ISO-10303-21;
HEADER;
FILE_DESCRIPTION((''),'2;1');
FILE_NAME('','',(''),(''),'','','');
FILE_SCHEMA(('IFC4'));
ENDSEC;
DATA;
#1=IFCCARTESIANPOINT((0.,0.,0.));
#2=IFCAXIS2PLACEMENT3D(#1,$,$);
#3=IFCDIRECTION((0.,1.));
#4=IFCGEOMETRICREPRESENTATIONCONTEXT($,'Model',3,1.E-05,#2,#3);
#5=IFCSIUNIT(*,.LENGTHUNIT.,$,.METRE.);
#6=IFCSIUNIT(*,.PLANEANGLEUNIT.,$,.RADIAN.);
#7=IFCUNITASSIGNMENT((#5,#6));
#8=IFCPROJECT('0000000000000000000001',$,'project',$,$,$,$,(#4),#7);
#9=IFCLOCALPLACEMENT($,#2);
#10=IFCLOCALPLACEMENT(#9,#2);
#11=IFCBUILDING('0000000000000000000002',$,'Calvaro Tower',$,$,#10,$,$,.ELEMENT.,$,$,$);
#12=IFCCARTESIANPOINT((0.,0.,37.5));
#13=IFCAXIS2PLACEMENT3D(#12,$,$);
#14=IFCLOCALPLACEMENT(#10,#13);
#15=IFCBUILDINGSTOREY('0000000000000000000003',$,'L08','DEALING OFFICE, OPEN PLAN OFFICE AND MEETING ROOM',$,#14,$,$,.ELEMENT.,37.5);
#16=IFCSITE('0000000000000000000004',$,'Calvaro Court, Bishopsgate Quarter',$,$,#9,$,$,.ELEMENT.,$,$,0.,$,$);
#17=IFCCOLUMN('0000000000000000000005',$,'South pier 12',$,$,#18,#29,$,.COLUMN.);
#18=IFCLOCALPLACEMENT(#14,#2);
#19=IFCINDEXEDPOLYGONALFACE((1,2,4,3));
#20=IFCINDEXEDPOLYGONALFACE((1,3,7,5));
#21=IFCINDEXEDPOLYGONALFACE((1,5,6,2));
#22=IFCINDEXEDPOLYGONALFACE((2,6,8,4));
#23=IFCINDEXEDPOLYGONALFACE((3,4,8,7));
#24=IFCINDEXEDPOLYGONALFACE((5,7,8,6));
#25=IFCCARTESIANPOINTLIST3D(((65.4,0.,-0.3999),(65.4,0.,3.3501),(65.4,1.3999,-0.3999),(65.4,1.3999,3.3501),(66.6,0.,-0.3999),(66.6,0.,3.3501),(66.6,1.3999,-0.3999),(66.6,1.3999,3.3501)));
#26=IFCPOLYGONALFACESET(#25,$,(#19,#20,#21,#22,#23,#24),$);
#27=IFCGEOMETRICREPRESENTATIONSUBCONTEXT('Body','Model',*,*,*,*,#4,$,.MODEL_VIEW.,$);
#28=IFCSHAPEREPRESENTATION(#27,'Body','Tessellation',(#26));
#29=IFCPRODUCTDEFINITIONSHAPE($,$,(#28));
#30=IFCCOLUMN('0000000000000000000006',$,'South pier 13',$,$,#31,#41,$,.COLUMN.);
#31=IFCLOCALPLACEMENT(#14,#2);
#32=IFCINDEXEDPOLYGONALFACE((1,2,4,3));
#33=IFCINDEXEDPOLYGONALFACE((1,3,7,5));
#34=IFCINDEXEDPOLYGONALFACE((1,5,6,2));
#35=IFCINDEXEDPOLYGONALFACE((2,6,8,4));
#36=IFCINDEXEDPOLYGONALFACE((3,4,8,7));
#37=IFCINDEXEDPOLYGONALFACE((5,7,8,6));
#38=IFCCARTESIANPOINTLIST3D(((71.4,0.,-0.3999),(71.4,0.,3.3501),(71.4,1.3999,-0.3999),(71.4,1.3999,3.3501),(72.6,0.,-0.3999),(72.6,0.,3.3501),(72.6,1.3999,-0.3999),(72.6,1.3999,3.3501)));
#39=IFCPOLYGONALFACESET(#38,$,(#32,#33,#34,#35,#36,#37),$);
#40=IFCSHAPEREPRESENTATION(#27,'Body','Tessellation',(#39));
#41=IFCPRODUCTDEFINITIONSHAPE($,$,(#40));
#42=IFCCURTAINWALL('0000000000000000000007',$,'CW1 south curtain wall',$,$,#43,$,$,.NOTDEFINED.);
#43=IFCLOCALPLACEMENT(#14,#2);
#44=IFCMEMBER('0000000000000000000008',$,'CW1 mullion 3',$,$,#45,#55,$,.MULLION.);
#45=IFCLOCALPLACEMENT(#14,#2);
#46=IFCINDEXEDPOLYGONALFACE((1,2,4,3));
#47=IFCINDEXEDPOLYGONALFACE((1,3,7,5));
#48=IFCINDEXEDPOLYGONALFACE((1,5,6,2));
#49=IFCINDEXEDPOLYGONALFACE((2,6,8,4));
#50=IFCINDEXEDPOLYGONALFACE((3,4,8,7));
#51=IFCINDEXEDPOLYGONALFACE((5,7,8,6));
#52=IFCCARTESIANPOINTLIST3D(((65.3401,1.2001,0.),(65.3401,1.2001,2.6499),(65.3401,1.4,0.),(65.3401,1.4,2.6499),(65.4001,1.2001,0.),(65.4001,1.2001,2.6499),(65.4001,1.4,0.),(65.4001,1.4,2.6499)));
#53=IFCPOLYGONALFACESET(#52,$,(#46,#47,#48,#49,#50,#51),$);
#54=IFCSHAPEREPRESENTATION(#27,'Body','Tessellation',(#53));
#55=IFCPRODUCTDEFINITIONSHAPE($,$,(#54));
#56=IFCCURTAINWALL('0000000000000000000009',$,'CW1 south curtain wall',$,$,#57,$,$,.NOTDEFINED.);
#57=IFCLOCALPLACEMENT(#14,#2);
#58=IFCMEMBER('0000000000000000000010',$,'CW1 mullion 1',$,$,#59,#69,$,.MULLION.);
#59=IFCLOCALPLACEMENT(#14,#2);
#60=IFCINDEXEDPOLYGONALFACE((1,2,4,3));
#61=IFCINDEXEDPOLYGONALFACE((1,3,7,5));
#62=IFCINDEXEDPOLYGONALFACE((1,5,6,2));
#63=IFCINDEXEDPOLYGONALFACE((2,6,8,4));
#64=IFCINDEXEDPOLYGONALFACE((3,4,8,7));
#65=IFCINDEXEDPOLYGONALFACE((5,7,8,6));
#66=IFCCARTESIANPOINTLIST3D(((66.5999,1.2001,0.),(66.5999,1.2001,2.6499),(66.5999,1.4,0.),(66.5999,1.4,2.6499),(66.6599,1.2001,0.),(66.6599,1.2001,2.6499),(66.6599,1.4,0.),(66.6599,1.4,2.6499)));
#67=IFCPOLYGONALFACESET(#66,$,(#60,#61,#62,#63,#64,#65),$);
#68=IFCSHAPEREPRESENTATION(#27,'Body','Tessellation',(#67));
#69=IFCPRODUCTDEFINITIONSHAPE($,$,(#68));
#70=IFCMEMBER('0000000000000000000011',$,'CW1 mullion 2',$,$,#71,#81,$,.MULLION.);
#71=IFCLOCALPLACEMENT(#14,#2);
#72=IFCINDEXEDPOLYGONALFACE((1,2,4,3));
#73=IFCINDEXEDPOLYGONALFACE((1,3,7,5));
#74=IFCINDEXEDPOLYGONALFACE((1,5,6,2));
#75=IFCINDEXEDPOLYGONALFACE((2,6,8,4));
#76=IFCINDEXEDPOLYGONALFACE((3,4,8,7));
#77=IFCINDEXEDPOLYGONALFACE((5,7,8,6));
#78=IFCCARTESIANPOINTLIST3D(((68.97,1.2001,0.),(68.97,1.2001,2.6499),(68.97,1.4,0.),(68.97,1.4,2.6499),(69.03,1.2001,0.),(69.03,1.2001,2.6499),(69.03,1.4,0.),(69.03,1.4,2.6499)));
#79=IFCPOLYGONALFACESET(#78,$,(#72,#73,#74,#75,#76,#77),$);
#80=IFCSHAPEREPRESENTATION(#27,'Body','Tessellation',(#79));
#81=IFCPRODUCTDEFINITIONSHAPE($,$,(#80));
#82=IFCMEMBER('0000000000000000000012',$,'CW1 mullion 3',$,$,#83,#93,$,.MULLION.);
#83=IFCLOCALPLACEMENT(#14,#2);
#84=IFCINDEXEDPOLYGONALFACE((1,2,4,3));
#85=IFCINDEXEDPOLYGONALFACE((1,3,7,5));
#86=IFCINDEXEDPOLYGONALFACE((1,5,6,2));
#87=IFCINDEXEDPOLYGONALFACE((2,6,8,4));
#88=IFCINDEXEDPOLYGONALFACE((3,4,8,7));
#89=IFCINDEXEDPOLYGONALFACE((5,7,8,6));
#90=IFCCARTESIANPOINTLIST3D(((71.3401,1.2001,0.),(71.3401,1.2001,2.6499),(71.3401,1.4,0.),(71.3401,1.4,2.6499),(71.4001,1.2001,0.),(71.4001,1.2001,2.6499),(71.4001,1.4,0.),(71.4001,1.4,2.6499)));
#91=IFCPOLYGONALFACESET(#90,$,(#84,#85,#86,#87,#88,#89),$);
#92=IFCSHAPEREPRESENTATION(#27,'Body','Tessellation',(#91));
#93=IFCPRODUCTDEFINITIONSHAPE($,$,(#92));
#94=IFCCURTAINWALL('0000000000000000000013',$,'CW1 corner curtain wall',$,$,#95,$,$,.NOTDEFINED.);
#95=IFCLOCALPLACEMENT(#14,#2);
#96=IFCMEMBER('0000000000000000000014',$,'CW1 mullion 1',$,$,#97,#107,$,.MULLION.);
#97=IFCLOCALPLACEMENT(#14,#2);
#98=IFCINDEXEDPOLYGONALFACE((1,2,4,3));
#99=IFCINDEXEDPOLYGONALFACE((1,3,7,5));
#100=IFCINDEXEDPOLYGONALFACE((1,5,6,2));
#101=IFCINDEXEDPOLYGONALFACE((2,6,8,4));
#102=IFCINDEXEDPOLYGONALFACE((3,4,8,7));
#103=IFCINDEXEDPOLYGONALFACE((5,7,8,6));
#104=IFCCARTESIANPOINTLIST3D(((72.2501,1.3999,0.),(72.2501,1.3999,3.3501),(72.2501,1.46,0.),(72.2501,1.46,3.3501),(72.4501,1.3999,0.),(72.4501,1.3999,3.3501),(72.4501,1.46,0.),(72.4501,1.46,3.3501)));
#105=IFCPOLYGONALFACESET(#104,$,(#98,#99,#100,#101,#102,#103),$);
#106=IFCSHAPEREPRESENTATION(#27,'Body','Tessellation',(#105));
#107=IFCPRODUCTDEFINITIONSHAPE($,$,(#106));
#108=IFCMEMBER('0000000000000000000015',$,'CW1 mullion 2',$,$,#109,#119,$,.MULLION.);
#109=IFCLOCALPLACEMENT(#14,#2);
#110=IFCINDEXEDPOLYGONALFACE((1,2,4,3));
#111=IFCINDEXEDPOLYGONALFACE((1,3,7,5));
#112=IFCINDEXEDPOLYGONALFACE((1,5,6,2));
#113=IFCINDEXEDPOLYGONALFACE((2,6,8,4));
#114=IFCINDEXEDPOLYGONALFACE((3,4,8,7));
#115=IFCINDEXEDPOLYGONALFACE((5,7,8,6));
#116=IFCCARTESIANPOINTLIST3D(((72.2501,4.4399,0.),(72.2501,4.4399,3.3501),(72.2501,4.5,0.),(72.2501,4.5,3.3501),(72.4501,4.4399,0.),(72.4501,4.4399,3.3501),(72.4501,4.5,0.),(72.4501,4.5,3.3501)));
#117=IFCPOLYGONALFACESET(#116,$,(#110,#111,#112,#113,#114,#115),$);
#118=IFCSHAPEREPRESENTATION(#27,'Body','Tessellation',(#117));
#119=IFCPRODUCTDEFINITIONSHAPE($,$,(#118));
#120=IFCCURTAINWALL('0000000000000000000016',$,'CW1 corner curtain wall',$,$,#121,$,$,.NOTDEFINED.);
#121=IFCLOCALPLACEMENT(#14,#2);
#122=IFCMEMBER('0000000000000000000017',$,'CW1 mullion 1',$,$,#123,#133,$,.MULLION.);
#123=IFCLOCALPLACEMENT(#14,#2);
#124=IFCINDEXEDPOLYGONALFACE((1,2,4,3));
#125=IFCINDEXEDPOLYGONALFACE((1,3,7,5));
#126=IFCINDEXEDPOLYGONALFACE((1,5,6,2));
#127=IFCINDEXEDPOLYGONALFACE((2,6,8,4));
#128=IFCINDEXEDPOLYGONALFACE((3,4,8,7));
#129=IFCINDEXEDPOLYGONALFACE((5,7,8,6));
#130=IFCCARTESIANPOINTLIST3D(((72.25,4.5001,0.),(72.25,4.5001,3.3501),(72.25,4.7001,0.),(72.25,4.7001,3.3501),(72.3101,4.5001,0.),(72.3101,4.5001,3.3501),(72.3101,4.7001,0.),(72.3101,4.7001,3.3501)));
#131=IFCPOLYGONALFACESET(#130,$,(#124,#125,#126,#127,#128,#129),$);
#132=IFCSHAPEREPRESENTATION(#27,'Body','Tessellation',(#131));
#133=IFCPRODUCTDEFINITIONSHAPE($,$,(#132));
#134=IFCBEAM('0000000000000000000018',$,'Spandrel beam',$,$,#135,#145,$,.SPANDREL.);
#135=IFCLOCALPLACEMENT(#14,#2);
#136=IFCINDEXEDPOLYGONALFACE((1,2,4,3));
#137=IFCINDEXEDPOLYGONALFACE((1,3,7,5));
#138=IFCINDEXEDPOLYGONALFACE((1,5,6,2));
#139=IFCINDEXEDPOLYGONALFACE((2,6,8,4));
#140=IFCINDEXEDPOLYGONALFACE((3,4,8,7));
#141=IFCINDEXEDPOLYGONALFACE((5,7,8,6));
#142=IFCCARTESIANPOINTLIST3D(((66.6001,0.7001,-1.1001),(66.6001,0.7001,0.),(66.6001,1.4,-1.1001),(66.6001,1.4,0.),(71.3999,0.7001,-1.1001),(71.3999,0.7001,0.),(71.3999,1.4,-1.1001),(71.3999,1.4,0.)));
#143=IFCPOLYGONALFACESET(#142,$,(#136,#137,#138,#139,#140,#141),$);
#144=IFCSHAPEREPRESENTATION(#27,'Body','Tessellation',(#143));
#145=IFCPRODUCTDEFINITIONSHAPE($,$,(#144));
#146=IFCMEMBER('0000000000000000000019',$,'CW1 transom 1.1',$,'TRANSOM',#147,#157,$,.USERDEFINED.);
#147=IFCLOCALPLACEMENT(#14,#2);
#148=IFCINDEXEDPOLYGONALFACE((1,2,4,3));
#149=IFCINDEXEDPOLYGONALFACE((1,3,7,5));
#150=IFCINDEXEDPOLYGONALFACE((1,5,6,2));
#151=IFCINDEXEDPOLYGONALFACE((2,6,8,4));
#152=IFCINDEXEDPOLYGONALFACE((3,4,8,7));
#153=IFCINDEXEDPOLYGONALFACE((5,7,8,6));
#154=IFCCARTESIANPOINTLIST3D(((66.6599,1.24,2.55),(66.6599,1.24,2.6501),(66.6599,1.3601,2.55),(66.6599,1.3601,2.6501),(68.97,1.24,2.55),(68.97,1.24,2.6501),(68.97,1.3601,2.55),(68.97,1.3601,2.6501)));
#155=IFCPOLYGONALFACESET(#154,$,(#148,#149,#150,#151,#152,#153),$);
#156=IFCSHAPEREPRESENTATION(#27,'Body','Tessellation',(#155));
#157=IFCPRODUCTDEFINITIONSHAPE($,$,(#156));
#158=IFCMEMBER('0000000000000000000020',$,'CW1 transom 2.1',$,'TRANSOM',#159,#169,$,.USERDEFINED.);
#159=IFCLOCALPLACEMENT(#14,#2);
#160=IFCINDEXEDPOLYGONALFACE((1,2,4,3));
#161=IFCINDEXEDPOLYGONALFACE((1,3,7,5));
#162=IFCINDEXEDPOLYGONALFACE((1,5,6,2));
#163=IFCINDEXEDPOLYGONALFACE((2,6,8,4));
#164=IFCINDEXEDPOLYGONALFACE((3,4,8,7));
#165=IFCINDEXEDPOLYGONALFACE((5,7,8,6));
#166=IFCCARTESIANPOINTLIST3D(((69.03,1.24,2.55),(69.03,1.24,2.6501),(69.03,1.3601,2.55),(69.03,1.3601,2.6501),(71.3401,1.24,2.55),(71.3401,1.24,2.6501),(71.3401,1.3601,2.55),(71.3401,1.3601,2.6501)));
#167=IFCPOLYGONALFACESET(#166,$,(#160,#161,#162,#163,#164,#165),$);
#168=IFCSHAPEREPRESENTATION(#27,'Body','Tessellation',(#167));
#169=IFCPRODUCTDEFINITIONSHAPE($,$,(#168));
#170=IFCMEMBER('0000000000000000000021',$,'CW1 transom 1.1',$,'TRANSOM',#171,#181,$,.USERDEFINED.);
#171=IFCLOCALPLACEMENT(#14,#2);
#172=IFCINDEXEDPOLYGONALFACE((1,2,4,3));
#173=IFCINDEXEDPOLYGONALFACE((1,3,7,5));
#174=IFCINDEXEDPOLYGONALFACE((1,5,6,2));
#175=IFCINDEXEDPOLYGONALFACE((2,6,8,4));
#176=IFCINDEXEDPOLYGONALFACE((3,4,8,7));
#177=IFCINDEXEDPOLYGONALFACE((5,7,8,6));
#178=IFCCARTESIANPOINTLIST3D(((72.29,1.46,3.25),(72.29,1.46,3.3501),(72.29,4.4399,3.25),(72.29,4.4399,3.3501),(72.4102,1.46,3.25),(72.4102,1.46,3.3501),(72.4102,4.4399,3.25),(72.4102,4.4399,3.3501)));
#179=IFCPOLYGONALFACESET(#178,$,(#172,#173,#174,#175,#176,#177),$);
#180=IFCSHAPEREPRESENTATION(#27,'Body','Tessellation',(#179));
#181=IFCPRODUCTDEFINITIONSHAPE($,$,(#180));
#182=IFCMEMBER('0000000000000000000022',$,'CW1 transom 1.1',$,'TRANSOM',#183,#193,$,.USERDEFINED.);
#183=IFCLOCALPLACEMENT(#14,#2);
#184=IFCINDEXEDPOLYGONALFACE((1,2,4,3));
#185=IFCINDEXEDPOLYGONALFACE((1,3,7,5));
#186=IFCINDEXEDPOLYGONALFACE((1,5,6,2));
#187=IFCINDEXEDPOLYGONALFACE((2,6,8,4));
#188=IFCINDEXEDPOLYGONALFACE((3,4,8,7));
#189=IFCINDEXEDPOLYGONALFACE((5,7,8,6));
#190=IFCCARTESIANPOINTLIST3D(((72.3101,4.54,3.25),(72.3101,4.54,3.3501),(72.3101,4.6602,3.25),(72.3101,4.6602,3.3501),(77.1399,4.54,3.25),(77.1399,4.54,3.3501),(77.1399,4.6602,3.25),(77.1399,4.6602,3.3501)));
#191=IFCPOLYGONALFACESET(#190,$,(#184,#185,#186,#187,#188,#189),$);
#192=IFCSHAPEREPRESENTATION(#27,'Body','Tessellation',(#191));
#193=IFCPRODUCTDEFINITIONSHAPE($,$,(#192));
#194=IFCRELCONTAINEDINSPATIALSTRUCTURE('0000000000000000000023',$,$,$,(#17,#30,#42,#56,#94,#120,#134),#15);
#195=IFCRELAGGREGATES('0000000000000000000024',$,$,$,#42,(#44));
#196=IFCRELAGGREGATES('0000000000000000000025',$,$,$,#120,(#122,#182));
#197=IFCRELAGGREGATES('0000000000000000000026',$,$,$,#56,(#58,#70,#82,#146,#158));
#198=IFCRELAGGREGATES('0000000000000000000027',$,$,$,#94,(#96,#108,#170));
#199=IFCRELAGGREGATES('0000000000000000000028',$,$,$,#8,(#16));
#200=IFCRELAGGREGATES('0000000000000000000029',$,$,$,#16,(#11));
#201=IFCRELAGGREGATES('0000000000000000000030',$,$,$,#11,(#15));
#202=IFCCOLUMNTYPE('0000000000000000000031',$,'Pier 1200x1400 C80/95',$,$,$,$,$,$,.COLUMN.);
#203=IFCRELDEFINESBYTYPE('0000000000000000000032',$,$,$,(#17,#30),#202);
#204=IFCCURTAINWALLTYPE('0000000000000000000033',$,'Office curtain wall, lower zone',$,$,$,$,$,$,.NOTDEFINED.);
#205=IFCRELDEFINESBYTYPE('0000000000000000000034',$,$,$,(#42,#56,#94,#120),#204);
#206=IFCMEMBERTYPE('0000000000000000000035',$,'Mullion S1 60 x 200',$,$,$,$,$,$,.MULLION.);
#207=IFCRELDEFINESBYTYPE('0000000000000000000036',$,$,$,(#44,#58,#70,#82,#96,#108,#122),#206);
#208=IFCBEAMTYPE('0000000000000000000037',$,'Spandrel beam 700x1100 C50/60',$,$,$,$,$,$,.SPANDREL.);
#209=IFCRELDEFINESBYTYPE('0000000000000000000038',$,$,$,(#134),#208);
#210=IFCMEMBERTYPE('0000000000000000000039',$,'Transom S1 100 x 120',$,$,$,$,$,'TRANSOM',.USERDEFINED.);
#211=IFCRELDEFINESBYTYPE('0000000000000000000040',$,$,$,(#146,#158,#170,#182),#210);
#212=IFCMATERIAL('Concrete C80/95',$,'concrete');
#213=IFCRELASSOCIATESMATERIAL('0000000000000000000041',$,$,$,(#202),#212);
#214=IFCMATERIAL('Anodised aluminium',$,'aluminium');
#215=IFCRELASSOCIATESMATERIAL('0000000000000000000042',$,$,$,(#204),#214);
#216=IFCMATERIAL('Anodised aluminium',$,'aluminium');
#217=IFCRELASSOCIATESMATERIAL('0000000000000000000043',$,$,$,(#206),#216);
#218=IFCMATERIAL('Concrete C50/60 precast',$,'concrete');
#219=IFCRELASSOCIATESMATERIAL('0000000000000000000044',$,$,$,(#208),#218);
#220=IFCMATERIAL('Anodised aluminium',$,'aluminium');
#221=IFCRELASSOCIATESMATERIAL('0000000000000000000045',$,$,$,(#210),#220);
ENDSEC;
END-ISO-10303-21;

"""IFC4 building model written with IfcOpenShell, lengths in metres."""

from ifc_helpers import new_model, si_unit, direction, frame, origin, origin_2d, place, context, subcontext, project, spatial, rectangle, extrude, material, material_profile, profile_set, type_object, element, aggregate, save


model = new_model("IFC4")

# Units and contexts
model_context = context("Model", 3, precision=1e-05, world=origin(), true_north=direction((0.0, 1.0)))
body_context = subcontext(model_context, "Body", "Model", "MODEL_VIEW")
ifc_project = project(units=[si_unit("LENGTHUNIT", "METRE"), si_unit("PLANEANGLEUNIT", "RADIAN")], contexts=[model_context])

# Site, building, storey
site_placement = place(None, origin())
site = spatial("IfcSite", under=ifc_project, at=site_placement, Name="Calvaro Court, Bishopsgate Quarter", CompositionType="ELEMENT", RefElevation=0.0)
building_placement = place(site_placement, origin())
building = spatial("IfcBuilding", under=site, at=building_placement, Name="Calvaro Tower", CompositionType="ELEMENT")
storey_placement = place(building_placement, frame((0.0, 0.0, 37.5)))
storey = spatial("IfcBuildingStorey", under=building, at=storey_placement, Name="L08", Description="DEALING OFFICE, OPEN PLAN OFFICE AND MEETING ROOM", CompositionType="ELEMENT", Elevation=37.5)

# Columns
ifc_material_1 = material(Name="Concrete C80/95", Category="concrete")
ifc_material_profile_1 = material_profile(ifc_material_1, rectangle(XDim=1.2, YDim=1.3999, at=origin_2d()), Name="RC 1200x1400")
ifc_profile_set_1 = profile_set([ifc_material_profile_1], Name="Concrete C80/95")
column_type = type_object("IfcColumnType", Name="Pier 1200x1400 C80/95", PredefinedType="COLUMN", material=ifc_profile_set_1)
for number, where, z_axis, x_axis, name in (
    (1, (66.0, 0.7, -0.3999), (0.0, 0.0, 1.0), (1.0, 0.0, 0.0), "South pier 12"),
    (2, (72.0, 0.7, -0.3999), (0.0, 0.0, 1.0), (1.0, 0.0, 0.0), "South pier 13"),
):
    element("IfcColumn", number, at=place(storey_placement, frame(where, z_axis=z_axis, x_axis=x_axis)), inside=storey, type_object=column_type, Name=name, PredefinedType="COLUMN", context=body_context, shape_type="SweptSolid", body=[
        extrude(rectangle(XDim=1.2, YDim=1.3999, at=origin_2d()), origin(), (0.0, 0.0, 1.0), 3.75),
    ])

# Curtain wall, member
ifc_material_2 = material(Name="Anodised aluminium", Category="aluminium")
curtain_wall_type = type_object("IfcCurtainWallType", Name="Office curtain wall, lower zone", PredefinedType="NOTDEFINED", material=ifc_material_2)
curtain_wall_1_placement = place(storey_placement, origin())
curtain_wall_1 = element("IfcCurtainWall", 3, at=curtain_wall_1_placement, inside=storey, type_object=curtain_wall_type, Name="CW1 south curtain wall", PredefinedType="NOTDEFINED")
ifc_material_3 = material(Name="Anodised aluminium", Category="aluminium")
ifc_material_profile_2 = material_profile(ifc_material_3, rectangle(XDim=0.2, YDim=0.0601, at=origin_2d()), Name="Mullion S1 60 x 200")
ifc_profile_set_2 = profile_set([ifc_material_profile_2], Name="Anodised aluminium")
member_type_1 = type_object("IfcMemberType", Name="Mullion S1 60 x 200", PredefinedType="MULLION", material=ifc_profile_set_2)
member_1_placement = place(storey_placement, frame((65.3701, 1.3, 0.0), z_axis=(0.0, 0.0, 1.0), x_axis=(0.0, 1.0, 0.0)))
member_1 = element("IfcMember", 4, at=member_1_placement, type_object=member_type_1, Name="CW1 mullion 3", PredefinedType="MULLION", context=body_context, shape_type="SweptSolid", body=[
    extrude(rectangle(XDim=0.2, YDim=0.0601, at=origin_2d()), origin(), (0.0, 0.0, 1.0), 2.6499),
])
aggregate(curtain_wall_1, [member_1])

# Curtain walls, members
curtain_wall_2_placement = place(storey_placement, origin())
curtain_wall_2 = element("IfcCurtainWall", 5, at=curtain_wall_2_placement, inside=storey, type_object=curtain_wall_type, Name="CW1 south curtain wall", PredefinedType="NOTDEFINED")
member_2_placement = place(storey_placement, frame((66.6299, 1.3, 0.0), z_axis=(0.0, 0.0, 1.0), x_axis=(0.0, 1.0, 0.0)))
member_2 = element("IfcMember", 6, at=member_2_placement, type_object=member_type_1, Name="CW1 mullion 1", PredefinedType="MULLION", context=body_context, shape_type="SweptSolid", body=[
    extrude(rectangle(XDim=0.2, YDim=0.0601, at=origin_2d()), origin(), (0.0, 0.0, 1.0), 2.6499),
])
member_3_placement = place(storey_placement, frame((69.0, 1.3, 0.0), z_axis=(0.0, 0.0, 1.0), x_axis=(0.0, 1.0, 0.0)))
member_3 = element("IfcMember", 7, at=member_3_placement, type_object=member_type_1, Name="CW1 mullion 2", PredefinedType="MULLION", context=body_context, shape_type="SweptSolid", body=[
    extrude(rectangle(XDim=0.2, YDim=0.0601, at=origin_2d()), origin(), (0.0, 0.0, 1.0), 2.6499),
])
member_4_placement = place(storey_placement, frame((71.3701, 1.3, 0.0), z_axis=(0.0, 0.0, 1.0), x_axis=(0.0, 1.0, 0.0)))
member_4 = element("IfcMember", 8, at=member_4_placement, type_object=member_type_1, Name="CW1 mullion 3", PredefinedType="MULLION", context=body_context, shape_type="SweptSolid", body=[
    extrude(rectangle(XDim=0.2, YDim=0.0601, at=origin_2d()), origin(), (0.0, 0.0, 1.0), 2.6499),
])
curtain_wall_3_placement = place(storey_placement, origin())
curtain_wall_3 = element("IfcCurtainWall", 9, at=curtain_wall_3_placement, inside=storey, type_object=curtain_wall_type, Name="CW1 corner curtain wall", PredefinedType="NOTDEFINED")
member_5_placement = place(storey_placement, frame((72.3501, 1.4299, 0.0), z_axis=(0.0, 0.0, 1.0), x_axis=(-1.0, 0.0, 0.0)))
member_5 = element("IfcMember", 10, at=member_5_placement, type_object=member_type_1, Name="CW1 mullion 1", PredefinedType="MULLION", context=body_context, shape_type="SweptSolid", body=[
    extrude(rectangle(XDim=0.2, YDim=0.0601, at=origin_2d()), origin(), (0.0, 0.0, 1.0), 3.3501),
])
member_6_placement = place(storey_placement, frame((72.3501, 4.47, 0.0), z_axis=(0.0, 0.0, 1.0), x_axis=(-1.0, 0.0, 0.0)))
member_6 = element("IfcMember", 11, at=member_6_placement, type_object=member_type_1, Name="CW1 mullion 2", PredefinedType="MULLION", context=body_context, shape_type="SweptSolid", body=[
    extrude(rectangle(XDim=0.2, YDim=0.0601, at=origin_2d()), origin(), (0.0, 0.0, 1.0), 3.3501),
])

# Curtain wall, member
curtain_wall_4_placement = place(storey_placement, origin())
curtain_wall_4 = element("IfcCurtainWall", 12, at=curtain_wall_4_placement, inside=storey, type_object=curtain_wall_type, Name="CW1 corner curtain wall", PredefinedType="NOTDEFINED")
member_7_placement = place(storey_placement, frame((72.28, 4.6001, 0.0), z_axis=(0.0, 0.0, 1.0), x_axis=(0.0, 1.0, 0.0)))
member_7 = element("IfcMember", 13, at=member_7_placement, type_object=member_type_1, Name="CW1 mullion 1", PredefinedType="MULLION", context=body_context, shape_type="SweptSolid", body=[
    extrude(rectangle(XDim=0.2, YDim=0.0601, at=origin_2d()), origin(), (0.0, 0.0, 1.0), 3.3501),
])

# Beam
ifc_material_4 = material(Name="Concrete C50/60 precast", Category="concrete")
ifc_material_profile_3 = material_profile(ifc_material_4, rectangle(XDim=0.7, YDim=1.1001, at=origin_2d()), Name="RC 700x1100")
ifc_profile_set_3 = profile_set([ifc_material_profile_3], Name="Concrete C50/60 precast")
beam_type = type_object("IfcBeamType", Name="Spandrel beam 700x1100 C50/60", PredefinedType="SPANDREL", material=ifc_profile_set_3)
beam_placement = place(storey_placement, frame((66.6001, 1.05, -0.55), z_axis=(1.0, 0.0, 0.0), x_axis=(0.0, 1.0, 0.0)))
element("IfcBeam", 14, at=beam_placement, inside=storey, type_object=beam_type, Name="Spandrel beam", PredefinedType="SPANDREL", context=body_context, shape_type="SweptSolid", body=[
    extrude(rectangle(XDim=0.7, YDim=1.1001, at=origin_2d()), origin(), (0.0, 0.0, 1.0), 4.7998),
])

# Members
ifc_material_5 = material(Name="Anodised aluminium", Category="aluminium")
ifc_material_profile_4 = material_profile(ifc_material_5, rectangle(XDim=0.1201, YDim=0.1001, at=origin_2d()), Name="Transom S1 100 x 120")
ifc_profile_set_4 = profile_set([ifc_material_profile_4], Name="Anodised aluminium")
member_type_2 = type_object("IfcMemberType", Name="Transom S1 100 x 120", ElementType="TRANSOM", PredefinedType="USERDEFINED", material=ifc_profile_set_4)
member_8_placement = place(storey_placement, frame((66.6599, 1.3, 2.6001), z_axis=(1.0, 0.0, 0.0), x_axis=(0.0, 1.0, 0.0)))
member_8 = element("IfcMember", 15, at=member_8_placement, type_object=member_type_2, Name="CW1 transom 1.1", ObjectType="TRANSOM", PredefinedType="USERDEFINED", context=body_context, shape_type="SweptSolid", body=[
    extrude(rectangle(XDim=0.1201, YDim=0.1001, at=origin_2d()), origin(), (0.0, 0.0, 1.0), 2.3101),
])
member_9_placement = place(storey_placement, frame((69.03, 1.3, 2.6001), z_axis=(1.0, 0.0, 0.0), x_axis=(0.0, 1.0, 0.0)))
member_9 = element("IfcMember", 16, at=member_9_placement, type_object=member_type_2, Name="CW1 transom 2.1", ObjectType="TRANSOM", PredefinedType="USERDEFINED", context=body_context, shape_type="SweptSolid", body=[
    extrude(rectangle(XDim=0.1201, YDim=0.1001, at=origin_2d()), origin(), (0.0, 0.0, 1.0), 2.3101),
])
member_10_placement = place(storey_placement, frame((72.3501, 1.46, 3.3), z_axis=(0.0, 1.0, 0.0), x_axis=(-1.0, 0.0, 0.0)))
member_10 = element("IfcMember", 17, at=member_10_placement, type_object=member_type_2, Name="CW1 transom 1.1", ObjectType="TRANSOM", PredefinedType="USERDEFINED", context=body_context, shape_type="SweptSolid", body=[
    extrude(rectangle(XDim=0.1201, YDim=0.1001, at=origin_2d()), origin(), (0.0, 0.0, 1.0), 2.98),
])
member_11_placement = place(storey_placement, frame((72.3101, 4.6001, 3.3), z_axis=(1.0, 0.0, 0.0), x_axis=(0.0, 1.0, 0.0)))
member_11 = element("IfcMember", 18, at=member_11_placement, type_object=member_type_2, Name="CW1 transom 1.1", ObjectType="TRANSOM", PredefinedType="USERDEFINED", context=body_context, shape_type="SweptSolid", body=[
    extrude(rectangle(XDim=0.1201, YDim=0.1001, at=origin_2d()), origin(), (0.0, 0.0, 1.0), 4.8298),
])
aggregate(curtain_wall_4, [member_7, member_11])

aggregate(curtain_wall_2, [member_2, member_3, member_4, member_8, member_9])
aggregate(curtain_wall_3, [member_5, member_6, member_10])

save(model, "model.ifc")
